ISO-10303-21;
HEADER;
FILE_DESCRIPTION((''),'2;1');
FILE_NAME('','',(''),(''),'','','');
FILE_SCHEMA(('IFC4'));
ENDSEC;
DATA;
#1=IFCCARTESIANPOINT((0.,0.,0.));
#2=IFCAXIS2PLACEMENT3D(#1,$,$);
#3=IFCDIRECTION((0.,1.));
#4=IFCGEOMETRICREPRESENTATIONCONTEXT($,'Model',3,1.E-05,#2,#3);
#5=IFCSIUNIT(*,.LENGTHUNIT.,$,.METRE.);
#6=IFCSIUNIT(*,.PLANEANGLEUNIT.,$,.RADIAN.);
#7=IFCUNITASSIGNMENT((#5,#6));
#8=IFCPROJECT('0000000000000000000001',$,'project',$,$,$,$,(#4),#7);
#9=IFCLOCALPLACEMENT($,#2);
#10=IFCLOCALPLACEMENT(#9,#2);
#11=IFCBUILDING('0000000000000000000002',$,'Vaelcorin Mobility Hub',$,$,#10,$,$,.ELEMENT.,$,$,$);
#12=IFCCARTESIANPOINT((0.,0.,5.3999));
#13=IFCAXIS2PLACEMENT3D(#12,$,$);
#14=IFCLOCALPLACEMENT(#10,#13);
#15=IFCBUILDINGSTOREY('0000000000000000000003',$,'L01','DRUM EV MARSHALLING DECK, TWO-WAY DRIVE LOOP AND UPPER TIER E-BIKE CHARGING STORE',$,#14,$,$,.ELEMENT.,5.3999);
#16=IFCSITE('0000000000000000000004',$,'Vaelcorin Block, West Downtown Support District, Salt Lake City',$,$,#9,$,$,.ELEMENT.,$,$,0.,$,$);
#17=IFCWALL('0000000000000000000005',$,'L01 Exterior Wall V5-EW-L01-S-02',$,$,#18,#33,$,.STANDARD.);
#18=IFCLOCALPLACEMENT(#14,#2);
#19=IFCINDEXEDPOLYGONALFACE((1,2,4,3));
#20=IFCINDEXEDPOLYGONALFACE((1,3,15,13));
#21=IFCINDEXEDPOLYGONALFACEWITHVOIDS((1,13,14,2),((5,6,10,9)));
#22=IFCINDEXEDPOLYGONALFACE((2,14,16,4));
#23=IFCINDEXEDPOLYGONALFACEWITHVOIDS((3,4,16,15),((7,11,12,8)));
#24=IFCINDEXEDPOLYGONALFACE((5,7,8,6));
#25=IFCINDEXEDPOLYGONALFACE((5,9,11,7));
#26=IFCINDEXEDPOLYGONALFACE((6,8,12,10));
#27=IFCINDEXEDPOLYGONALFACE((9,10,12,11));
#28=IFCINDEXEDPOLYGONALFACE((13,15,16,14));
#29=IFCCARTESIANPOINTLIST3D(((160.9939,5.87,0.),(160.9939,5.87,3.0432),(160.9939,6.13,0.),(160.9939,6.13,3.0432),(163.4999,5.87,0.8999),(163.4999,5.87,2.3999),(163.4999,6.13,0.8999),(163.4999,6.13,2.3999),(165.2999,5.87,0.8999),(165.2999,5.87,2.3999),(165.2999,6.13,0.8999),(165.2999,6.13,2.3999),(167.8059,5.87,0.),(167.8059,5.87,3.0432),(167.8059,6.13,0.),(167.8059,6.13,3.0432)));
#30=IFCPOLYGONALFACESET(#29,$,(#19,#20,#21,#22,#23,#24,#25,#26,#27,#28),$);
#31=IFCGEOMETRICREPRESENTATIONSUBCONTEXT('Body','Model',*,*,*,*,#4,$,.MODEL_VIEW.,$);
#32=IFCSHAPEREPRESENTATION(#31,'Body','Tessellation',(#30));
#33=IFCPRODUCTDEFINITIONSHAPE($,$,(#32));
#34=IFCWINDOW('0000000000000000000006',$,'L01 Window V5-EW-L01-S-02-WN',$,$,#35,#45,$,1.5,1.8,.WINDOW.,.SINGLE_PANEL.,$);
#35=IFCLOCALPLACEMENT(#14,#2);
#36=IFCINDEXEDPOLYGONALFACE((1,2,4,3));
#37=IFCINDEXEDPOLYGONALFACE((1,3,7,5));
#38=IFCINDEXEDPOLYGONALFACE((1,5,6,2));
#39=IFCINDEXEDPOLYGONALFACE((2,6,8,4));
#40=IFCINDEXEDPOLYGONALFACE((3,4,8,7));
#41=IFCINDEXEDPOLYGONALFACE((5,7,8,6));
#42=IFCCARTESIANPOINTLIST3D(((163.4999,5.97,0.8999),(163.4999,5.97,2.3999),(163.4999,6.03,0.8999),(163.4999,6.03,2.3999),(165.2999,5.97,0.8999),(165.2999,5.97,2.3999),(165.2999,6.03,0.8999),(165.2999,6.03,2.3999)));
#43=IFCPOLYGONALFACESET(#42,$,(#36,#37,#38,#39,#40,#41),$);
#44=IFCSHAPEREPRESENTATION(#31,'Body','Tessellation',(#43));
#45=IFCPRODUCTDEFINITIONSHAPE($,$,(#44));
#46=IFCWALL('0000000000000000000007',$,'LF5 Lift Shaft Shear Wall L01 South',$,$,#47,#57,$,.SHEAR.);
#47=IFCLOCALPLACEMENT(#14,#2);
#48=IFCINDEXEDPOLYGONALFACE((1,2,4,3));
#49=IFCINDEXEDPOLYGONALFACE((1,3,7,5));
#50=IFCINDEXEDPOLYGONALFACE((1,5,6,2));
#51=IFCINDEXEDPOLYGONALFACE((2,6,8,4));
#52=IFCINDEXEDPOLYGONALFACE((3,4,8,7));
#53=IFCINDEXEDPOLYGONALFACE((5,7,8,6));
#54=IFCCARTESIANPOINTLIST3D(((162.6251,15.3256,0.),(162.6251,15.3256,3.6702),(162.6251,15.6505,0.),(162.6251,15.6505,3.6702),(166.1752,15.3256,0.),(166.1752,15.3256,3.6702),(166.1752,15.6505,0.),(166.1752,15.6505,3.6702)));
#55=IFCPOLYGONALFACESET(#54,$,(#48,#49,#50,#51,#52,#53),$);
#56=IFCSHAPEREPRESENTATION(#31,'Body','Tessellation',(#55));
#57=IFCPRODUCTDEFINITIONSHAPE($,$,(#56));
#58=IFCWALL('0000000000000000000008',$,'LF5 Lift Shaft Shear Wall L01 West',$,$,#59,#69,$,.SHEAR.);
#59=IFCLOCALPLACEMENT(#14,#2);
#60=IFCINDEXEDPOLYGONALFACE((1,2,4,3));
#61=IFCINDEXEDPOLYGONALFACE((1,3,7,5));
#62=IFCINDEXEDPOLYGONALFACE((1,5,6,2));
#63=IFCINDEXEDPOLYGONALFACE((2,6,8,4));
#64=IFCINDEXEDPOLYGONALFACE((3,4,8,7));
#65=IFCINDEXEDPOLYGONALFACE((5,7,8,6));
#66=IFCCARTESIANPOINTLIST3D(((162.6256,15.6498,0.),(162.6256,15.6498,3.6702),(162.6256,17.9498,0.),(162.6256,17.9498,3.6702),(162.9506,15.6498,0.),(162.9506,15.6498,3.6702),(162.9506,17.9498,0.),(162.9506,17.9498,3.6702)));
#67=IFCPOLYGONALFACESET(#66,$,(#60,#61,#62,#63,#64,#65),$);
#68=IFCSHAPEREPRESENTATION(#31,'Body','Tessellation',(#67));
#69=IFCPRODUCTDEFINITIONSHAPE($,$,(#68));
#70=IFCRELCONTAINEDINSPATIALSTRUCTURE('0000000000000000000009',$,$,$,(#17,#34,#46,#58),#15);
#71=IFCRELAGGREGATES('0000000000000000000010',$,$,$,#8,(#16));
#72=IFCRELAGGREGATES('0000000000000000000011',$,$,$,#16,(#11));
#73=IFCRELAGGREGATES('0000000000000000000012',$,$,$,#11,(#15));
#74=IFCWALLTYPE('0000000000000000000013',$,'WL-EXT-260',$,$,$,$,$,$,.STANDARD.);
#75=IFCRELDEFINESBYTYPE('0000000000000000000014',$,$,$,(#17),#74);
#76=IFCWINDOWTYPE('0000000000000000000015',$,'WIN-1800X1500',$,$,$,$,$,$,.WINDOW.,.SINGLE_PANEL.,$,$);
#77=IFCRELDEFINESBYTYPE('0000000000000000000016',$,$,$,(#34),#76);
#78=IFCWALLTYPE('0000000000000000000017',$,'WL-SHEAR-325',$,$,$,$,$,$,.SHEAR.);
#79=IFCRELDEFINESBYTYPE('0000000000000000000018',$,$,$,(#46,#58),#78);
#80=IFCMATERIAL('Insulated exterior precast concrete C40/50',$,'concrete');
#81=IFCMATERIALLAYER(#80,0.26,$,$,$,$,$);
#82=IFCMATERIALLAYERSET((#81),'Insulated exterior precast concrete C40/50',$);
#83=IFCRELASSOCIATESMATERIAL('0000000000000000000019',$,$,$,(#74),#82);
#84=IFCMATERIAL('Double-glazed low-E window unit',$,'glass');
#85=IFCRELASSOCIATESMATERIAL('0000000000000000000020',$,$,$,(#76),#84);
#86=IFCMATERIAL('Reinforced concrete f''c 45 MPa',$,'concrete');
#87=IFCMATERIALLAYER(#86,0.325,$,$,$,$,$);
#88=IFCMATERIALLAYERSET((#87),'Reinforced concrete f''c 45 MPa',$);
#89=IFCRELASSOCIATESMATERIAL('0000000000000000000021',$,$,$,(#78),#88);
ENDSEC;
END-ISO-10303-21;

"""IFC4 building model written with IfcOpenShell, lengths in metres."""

from ifc_helpers import new_model, si_unit, direction, frame, frame_2d, origin, place, context, subcontext, project, spatial, rectangle, extrude, material, layer, layer_set, type_object, element, fill, save


model = new_model("IFC4")

# Units and contexts
model_context = context("Model", 3, precision=1e-05, world=origin(), true_north=direction((0.0, 1.0)))
body_context = subcontext(model_context, "Body", "Model", "MODEL_VIEW")
ifc_project = project(units=[si_unit("LENGTHUNIT", "METRE"), si_unit("PLANEANGLEUNIT", "RADIAN")], contexts=[model_context])

# Site, building, storey
site_placement = place(None, origin())
site = spatial("IfcSite", under=ifc_project, at=site_placement, Name="Vaelcorin Block, West Downtown Support District, Salt Lake City", CompositionType="ELEMENT", RefElevation=0.0)
building_placement = place(site_placement, origin())
building = spatial("IfcBuilding", under=site, at=building_placement, Name="Vaelcorin Mobility Hub", CompositionType="ELEMENT")
storey_placement = place(building_placement, frame((0.0, 0.0, 5.3999)))
storey = spatial("IfcBuildingStorey", under=building, at=storey_placement, Name="L01", Description="DRUM EV MARSHALLING DECK, TWO-WAY DRIVE LOOP AND UPPER TIER E-BIKE CHARGING STORE", CompositionType="ELEMENT", Elevation=5.3999)

# Wall, opening, window
ifc_material_1 = material(Name="Insulated exterior precast concrete C40/50", Category="concrete")
ifc_layer_1 = layer(ifc_material_1, 0.26)
ifc_layer_set_1 = layer_set([ifc_layer_1], Name="Insulated exterior precast concrete C40/50")
wall_type_1 = type_object("IfcWallType", Name="WL-EXT-260", PredefinedType="STANDARD", material=ifc_layer_set_1)
ifc_material_2 = material(Name="Double-glazed low-E window unit", Category="glass")
window_type = type_object("IfcWindowType", Name="WIN-1800X1500", PartitioningType="SINGLE_PANEL", PredefinedType="WINDOW", material=ifc_material_2)
wall_1_placement = place(storey_placement, frame((167.8059, 6.0, 0.0), z_axis=(0.0, 0.0, 1.0), x_axis=(-1.0, 0.0, 0.0)))
wall_1 = element("IfcWall", 1, at=wall_1_placement, inside=storey, type_object=wall_type_1, Name="L01 Exterior Wall V5-EW-L01-S-02", PredefinedType="STANDARD", context=body_context, shape_type="SweptSolid", body=[
    extrude(rectangle(XDim=6.812, YDim=0.26, at=frame_2d((3.406, 0.0))), origin(), (0.0, 0.0, 1.0), 3.0432),
])
opening_1_placement = place(wall_1_placement, frame((2.5061, 0.0, 0.8999)))
opening_1 = element("IfcOpeningElement", 2, at=opening_1_placement, cuts=wall_1, PredefinedType="OPENING", context=body_context, shape_type="SweptSolid", body=[
    extrude(rectangle(XDim=1.8, YDim=1.5, at=frame_2d((0.8999, 0.75))), frame((0.0, 0.1399, 0.0), z_axis=(0.0, -1.0, 0.0), x_axis=(1.0, 0.0, 0.0)), (0.0, 0.0, 1.0), 0.28),
])
window_1_placement = place(opening_1_placement, origin())
window_1 = element("IfcWindow", 3, at=window_1_placement, inside=storey, type_object=window_type, Name="L01 Window V5-EW-L01-S-02-WN", OverallHeight=1.5, OverallWidth=1.8, PartitioningType="SINGLE_PANEL", PredefinedType="WINDOW", context=body_context, shape_type="SweptSolid", body=[
    extrude(rectangle(XDim=1.8, YDim=1.5, at=frame_2d((0.8999, 0.75))), frame((0.0, 0.03, 0.0), z_axis=(0.0, -1.0, 0.0), x_axis=(1.0, 0.0, 0.0)), (0.0, 0.0, 1.0), 0.0601),
])
fill(opening_1, window_1)

# Walls
ifc_material_3 = material(Name="Reinforced concrete f'c 45 MPa", Category="concrete")
ifc_layer_2 = layer(ifc_material_3, 0.325)
ifc_layer_set_2 = layer_set([ifc_layer_2], Name="Reinforced concrete f'c 45 MPa")
wall_type_2 = type_object("IfcWallType", Name="WL-SHEAR-325", PredefinedType="SHEAR", material=ifc_layer_set_2)
wall_2_placement = place(storey_placement, frame((166.175, 15.488, 0.0), z_axis=(0.0, 0.0, 1.0), x_axis=(-1.0, 0.0, 0.0)))
element("IfcWall", 4, at=wall_2_placement, inside=storey, type_object=wall_type_2, Name="LF5 Lift Shaft Shear Wall L01 South", PredefinedType="SHEAR", context=body_context, shape_type="SweptSolid", body=[
    extrude(rectangle(XDim=3.55, YDim=0.325, at=frame_2d((1.7749, 0.0))), origin(), (0.0, 0.0, 1.0), 3.6702),
])
wall_3_placement = place(storey_placement, frame((162.7881, 15.6499, 0.0), z_axis=(0.0, 0.0, 1.0), x_axis=(0.0, 1.0, 0.0)))
element("IfcWall", 5, at=wall_3_placement, inside=storey, type_object=wall_type_2, Name="LF5 Lift Shaft Shear Wall L01 West", PredefinedType="SHEAR", context=body_context, shape_type="SweptSolid", body=[
    extrude(rectangle(XDim=2.3, YDim=0.325, at=frame_2d((1.1499, 0.0))), origin(), (0.0, 0.0, 1.0), 3.6702),
])

save(model, "model.ifc")
